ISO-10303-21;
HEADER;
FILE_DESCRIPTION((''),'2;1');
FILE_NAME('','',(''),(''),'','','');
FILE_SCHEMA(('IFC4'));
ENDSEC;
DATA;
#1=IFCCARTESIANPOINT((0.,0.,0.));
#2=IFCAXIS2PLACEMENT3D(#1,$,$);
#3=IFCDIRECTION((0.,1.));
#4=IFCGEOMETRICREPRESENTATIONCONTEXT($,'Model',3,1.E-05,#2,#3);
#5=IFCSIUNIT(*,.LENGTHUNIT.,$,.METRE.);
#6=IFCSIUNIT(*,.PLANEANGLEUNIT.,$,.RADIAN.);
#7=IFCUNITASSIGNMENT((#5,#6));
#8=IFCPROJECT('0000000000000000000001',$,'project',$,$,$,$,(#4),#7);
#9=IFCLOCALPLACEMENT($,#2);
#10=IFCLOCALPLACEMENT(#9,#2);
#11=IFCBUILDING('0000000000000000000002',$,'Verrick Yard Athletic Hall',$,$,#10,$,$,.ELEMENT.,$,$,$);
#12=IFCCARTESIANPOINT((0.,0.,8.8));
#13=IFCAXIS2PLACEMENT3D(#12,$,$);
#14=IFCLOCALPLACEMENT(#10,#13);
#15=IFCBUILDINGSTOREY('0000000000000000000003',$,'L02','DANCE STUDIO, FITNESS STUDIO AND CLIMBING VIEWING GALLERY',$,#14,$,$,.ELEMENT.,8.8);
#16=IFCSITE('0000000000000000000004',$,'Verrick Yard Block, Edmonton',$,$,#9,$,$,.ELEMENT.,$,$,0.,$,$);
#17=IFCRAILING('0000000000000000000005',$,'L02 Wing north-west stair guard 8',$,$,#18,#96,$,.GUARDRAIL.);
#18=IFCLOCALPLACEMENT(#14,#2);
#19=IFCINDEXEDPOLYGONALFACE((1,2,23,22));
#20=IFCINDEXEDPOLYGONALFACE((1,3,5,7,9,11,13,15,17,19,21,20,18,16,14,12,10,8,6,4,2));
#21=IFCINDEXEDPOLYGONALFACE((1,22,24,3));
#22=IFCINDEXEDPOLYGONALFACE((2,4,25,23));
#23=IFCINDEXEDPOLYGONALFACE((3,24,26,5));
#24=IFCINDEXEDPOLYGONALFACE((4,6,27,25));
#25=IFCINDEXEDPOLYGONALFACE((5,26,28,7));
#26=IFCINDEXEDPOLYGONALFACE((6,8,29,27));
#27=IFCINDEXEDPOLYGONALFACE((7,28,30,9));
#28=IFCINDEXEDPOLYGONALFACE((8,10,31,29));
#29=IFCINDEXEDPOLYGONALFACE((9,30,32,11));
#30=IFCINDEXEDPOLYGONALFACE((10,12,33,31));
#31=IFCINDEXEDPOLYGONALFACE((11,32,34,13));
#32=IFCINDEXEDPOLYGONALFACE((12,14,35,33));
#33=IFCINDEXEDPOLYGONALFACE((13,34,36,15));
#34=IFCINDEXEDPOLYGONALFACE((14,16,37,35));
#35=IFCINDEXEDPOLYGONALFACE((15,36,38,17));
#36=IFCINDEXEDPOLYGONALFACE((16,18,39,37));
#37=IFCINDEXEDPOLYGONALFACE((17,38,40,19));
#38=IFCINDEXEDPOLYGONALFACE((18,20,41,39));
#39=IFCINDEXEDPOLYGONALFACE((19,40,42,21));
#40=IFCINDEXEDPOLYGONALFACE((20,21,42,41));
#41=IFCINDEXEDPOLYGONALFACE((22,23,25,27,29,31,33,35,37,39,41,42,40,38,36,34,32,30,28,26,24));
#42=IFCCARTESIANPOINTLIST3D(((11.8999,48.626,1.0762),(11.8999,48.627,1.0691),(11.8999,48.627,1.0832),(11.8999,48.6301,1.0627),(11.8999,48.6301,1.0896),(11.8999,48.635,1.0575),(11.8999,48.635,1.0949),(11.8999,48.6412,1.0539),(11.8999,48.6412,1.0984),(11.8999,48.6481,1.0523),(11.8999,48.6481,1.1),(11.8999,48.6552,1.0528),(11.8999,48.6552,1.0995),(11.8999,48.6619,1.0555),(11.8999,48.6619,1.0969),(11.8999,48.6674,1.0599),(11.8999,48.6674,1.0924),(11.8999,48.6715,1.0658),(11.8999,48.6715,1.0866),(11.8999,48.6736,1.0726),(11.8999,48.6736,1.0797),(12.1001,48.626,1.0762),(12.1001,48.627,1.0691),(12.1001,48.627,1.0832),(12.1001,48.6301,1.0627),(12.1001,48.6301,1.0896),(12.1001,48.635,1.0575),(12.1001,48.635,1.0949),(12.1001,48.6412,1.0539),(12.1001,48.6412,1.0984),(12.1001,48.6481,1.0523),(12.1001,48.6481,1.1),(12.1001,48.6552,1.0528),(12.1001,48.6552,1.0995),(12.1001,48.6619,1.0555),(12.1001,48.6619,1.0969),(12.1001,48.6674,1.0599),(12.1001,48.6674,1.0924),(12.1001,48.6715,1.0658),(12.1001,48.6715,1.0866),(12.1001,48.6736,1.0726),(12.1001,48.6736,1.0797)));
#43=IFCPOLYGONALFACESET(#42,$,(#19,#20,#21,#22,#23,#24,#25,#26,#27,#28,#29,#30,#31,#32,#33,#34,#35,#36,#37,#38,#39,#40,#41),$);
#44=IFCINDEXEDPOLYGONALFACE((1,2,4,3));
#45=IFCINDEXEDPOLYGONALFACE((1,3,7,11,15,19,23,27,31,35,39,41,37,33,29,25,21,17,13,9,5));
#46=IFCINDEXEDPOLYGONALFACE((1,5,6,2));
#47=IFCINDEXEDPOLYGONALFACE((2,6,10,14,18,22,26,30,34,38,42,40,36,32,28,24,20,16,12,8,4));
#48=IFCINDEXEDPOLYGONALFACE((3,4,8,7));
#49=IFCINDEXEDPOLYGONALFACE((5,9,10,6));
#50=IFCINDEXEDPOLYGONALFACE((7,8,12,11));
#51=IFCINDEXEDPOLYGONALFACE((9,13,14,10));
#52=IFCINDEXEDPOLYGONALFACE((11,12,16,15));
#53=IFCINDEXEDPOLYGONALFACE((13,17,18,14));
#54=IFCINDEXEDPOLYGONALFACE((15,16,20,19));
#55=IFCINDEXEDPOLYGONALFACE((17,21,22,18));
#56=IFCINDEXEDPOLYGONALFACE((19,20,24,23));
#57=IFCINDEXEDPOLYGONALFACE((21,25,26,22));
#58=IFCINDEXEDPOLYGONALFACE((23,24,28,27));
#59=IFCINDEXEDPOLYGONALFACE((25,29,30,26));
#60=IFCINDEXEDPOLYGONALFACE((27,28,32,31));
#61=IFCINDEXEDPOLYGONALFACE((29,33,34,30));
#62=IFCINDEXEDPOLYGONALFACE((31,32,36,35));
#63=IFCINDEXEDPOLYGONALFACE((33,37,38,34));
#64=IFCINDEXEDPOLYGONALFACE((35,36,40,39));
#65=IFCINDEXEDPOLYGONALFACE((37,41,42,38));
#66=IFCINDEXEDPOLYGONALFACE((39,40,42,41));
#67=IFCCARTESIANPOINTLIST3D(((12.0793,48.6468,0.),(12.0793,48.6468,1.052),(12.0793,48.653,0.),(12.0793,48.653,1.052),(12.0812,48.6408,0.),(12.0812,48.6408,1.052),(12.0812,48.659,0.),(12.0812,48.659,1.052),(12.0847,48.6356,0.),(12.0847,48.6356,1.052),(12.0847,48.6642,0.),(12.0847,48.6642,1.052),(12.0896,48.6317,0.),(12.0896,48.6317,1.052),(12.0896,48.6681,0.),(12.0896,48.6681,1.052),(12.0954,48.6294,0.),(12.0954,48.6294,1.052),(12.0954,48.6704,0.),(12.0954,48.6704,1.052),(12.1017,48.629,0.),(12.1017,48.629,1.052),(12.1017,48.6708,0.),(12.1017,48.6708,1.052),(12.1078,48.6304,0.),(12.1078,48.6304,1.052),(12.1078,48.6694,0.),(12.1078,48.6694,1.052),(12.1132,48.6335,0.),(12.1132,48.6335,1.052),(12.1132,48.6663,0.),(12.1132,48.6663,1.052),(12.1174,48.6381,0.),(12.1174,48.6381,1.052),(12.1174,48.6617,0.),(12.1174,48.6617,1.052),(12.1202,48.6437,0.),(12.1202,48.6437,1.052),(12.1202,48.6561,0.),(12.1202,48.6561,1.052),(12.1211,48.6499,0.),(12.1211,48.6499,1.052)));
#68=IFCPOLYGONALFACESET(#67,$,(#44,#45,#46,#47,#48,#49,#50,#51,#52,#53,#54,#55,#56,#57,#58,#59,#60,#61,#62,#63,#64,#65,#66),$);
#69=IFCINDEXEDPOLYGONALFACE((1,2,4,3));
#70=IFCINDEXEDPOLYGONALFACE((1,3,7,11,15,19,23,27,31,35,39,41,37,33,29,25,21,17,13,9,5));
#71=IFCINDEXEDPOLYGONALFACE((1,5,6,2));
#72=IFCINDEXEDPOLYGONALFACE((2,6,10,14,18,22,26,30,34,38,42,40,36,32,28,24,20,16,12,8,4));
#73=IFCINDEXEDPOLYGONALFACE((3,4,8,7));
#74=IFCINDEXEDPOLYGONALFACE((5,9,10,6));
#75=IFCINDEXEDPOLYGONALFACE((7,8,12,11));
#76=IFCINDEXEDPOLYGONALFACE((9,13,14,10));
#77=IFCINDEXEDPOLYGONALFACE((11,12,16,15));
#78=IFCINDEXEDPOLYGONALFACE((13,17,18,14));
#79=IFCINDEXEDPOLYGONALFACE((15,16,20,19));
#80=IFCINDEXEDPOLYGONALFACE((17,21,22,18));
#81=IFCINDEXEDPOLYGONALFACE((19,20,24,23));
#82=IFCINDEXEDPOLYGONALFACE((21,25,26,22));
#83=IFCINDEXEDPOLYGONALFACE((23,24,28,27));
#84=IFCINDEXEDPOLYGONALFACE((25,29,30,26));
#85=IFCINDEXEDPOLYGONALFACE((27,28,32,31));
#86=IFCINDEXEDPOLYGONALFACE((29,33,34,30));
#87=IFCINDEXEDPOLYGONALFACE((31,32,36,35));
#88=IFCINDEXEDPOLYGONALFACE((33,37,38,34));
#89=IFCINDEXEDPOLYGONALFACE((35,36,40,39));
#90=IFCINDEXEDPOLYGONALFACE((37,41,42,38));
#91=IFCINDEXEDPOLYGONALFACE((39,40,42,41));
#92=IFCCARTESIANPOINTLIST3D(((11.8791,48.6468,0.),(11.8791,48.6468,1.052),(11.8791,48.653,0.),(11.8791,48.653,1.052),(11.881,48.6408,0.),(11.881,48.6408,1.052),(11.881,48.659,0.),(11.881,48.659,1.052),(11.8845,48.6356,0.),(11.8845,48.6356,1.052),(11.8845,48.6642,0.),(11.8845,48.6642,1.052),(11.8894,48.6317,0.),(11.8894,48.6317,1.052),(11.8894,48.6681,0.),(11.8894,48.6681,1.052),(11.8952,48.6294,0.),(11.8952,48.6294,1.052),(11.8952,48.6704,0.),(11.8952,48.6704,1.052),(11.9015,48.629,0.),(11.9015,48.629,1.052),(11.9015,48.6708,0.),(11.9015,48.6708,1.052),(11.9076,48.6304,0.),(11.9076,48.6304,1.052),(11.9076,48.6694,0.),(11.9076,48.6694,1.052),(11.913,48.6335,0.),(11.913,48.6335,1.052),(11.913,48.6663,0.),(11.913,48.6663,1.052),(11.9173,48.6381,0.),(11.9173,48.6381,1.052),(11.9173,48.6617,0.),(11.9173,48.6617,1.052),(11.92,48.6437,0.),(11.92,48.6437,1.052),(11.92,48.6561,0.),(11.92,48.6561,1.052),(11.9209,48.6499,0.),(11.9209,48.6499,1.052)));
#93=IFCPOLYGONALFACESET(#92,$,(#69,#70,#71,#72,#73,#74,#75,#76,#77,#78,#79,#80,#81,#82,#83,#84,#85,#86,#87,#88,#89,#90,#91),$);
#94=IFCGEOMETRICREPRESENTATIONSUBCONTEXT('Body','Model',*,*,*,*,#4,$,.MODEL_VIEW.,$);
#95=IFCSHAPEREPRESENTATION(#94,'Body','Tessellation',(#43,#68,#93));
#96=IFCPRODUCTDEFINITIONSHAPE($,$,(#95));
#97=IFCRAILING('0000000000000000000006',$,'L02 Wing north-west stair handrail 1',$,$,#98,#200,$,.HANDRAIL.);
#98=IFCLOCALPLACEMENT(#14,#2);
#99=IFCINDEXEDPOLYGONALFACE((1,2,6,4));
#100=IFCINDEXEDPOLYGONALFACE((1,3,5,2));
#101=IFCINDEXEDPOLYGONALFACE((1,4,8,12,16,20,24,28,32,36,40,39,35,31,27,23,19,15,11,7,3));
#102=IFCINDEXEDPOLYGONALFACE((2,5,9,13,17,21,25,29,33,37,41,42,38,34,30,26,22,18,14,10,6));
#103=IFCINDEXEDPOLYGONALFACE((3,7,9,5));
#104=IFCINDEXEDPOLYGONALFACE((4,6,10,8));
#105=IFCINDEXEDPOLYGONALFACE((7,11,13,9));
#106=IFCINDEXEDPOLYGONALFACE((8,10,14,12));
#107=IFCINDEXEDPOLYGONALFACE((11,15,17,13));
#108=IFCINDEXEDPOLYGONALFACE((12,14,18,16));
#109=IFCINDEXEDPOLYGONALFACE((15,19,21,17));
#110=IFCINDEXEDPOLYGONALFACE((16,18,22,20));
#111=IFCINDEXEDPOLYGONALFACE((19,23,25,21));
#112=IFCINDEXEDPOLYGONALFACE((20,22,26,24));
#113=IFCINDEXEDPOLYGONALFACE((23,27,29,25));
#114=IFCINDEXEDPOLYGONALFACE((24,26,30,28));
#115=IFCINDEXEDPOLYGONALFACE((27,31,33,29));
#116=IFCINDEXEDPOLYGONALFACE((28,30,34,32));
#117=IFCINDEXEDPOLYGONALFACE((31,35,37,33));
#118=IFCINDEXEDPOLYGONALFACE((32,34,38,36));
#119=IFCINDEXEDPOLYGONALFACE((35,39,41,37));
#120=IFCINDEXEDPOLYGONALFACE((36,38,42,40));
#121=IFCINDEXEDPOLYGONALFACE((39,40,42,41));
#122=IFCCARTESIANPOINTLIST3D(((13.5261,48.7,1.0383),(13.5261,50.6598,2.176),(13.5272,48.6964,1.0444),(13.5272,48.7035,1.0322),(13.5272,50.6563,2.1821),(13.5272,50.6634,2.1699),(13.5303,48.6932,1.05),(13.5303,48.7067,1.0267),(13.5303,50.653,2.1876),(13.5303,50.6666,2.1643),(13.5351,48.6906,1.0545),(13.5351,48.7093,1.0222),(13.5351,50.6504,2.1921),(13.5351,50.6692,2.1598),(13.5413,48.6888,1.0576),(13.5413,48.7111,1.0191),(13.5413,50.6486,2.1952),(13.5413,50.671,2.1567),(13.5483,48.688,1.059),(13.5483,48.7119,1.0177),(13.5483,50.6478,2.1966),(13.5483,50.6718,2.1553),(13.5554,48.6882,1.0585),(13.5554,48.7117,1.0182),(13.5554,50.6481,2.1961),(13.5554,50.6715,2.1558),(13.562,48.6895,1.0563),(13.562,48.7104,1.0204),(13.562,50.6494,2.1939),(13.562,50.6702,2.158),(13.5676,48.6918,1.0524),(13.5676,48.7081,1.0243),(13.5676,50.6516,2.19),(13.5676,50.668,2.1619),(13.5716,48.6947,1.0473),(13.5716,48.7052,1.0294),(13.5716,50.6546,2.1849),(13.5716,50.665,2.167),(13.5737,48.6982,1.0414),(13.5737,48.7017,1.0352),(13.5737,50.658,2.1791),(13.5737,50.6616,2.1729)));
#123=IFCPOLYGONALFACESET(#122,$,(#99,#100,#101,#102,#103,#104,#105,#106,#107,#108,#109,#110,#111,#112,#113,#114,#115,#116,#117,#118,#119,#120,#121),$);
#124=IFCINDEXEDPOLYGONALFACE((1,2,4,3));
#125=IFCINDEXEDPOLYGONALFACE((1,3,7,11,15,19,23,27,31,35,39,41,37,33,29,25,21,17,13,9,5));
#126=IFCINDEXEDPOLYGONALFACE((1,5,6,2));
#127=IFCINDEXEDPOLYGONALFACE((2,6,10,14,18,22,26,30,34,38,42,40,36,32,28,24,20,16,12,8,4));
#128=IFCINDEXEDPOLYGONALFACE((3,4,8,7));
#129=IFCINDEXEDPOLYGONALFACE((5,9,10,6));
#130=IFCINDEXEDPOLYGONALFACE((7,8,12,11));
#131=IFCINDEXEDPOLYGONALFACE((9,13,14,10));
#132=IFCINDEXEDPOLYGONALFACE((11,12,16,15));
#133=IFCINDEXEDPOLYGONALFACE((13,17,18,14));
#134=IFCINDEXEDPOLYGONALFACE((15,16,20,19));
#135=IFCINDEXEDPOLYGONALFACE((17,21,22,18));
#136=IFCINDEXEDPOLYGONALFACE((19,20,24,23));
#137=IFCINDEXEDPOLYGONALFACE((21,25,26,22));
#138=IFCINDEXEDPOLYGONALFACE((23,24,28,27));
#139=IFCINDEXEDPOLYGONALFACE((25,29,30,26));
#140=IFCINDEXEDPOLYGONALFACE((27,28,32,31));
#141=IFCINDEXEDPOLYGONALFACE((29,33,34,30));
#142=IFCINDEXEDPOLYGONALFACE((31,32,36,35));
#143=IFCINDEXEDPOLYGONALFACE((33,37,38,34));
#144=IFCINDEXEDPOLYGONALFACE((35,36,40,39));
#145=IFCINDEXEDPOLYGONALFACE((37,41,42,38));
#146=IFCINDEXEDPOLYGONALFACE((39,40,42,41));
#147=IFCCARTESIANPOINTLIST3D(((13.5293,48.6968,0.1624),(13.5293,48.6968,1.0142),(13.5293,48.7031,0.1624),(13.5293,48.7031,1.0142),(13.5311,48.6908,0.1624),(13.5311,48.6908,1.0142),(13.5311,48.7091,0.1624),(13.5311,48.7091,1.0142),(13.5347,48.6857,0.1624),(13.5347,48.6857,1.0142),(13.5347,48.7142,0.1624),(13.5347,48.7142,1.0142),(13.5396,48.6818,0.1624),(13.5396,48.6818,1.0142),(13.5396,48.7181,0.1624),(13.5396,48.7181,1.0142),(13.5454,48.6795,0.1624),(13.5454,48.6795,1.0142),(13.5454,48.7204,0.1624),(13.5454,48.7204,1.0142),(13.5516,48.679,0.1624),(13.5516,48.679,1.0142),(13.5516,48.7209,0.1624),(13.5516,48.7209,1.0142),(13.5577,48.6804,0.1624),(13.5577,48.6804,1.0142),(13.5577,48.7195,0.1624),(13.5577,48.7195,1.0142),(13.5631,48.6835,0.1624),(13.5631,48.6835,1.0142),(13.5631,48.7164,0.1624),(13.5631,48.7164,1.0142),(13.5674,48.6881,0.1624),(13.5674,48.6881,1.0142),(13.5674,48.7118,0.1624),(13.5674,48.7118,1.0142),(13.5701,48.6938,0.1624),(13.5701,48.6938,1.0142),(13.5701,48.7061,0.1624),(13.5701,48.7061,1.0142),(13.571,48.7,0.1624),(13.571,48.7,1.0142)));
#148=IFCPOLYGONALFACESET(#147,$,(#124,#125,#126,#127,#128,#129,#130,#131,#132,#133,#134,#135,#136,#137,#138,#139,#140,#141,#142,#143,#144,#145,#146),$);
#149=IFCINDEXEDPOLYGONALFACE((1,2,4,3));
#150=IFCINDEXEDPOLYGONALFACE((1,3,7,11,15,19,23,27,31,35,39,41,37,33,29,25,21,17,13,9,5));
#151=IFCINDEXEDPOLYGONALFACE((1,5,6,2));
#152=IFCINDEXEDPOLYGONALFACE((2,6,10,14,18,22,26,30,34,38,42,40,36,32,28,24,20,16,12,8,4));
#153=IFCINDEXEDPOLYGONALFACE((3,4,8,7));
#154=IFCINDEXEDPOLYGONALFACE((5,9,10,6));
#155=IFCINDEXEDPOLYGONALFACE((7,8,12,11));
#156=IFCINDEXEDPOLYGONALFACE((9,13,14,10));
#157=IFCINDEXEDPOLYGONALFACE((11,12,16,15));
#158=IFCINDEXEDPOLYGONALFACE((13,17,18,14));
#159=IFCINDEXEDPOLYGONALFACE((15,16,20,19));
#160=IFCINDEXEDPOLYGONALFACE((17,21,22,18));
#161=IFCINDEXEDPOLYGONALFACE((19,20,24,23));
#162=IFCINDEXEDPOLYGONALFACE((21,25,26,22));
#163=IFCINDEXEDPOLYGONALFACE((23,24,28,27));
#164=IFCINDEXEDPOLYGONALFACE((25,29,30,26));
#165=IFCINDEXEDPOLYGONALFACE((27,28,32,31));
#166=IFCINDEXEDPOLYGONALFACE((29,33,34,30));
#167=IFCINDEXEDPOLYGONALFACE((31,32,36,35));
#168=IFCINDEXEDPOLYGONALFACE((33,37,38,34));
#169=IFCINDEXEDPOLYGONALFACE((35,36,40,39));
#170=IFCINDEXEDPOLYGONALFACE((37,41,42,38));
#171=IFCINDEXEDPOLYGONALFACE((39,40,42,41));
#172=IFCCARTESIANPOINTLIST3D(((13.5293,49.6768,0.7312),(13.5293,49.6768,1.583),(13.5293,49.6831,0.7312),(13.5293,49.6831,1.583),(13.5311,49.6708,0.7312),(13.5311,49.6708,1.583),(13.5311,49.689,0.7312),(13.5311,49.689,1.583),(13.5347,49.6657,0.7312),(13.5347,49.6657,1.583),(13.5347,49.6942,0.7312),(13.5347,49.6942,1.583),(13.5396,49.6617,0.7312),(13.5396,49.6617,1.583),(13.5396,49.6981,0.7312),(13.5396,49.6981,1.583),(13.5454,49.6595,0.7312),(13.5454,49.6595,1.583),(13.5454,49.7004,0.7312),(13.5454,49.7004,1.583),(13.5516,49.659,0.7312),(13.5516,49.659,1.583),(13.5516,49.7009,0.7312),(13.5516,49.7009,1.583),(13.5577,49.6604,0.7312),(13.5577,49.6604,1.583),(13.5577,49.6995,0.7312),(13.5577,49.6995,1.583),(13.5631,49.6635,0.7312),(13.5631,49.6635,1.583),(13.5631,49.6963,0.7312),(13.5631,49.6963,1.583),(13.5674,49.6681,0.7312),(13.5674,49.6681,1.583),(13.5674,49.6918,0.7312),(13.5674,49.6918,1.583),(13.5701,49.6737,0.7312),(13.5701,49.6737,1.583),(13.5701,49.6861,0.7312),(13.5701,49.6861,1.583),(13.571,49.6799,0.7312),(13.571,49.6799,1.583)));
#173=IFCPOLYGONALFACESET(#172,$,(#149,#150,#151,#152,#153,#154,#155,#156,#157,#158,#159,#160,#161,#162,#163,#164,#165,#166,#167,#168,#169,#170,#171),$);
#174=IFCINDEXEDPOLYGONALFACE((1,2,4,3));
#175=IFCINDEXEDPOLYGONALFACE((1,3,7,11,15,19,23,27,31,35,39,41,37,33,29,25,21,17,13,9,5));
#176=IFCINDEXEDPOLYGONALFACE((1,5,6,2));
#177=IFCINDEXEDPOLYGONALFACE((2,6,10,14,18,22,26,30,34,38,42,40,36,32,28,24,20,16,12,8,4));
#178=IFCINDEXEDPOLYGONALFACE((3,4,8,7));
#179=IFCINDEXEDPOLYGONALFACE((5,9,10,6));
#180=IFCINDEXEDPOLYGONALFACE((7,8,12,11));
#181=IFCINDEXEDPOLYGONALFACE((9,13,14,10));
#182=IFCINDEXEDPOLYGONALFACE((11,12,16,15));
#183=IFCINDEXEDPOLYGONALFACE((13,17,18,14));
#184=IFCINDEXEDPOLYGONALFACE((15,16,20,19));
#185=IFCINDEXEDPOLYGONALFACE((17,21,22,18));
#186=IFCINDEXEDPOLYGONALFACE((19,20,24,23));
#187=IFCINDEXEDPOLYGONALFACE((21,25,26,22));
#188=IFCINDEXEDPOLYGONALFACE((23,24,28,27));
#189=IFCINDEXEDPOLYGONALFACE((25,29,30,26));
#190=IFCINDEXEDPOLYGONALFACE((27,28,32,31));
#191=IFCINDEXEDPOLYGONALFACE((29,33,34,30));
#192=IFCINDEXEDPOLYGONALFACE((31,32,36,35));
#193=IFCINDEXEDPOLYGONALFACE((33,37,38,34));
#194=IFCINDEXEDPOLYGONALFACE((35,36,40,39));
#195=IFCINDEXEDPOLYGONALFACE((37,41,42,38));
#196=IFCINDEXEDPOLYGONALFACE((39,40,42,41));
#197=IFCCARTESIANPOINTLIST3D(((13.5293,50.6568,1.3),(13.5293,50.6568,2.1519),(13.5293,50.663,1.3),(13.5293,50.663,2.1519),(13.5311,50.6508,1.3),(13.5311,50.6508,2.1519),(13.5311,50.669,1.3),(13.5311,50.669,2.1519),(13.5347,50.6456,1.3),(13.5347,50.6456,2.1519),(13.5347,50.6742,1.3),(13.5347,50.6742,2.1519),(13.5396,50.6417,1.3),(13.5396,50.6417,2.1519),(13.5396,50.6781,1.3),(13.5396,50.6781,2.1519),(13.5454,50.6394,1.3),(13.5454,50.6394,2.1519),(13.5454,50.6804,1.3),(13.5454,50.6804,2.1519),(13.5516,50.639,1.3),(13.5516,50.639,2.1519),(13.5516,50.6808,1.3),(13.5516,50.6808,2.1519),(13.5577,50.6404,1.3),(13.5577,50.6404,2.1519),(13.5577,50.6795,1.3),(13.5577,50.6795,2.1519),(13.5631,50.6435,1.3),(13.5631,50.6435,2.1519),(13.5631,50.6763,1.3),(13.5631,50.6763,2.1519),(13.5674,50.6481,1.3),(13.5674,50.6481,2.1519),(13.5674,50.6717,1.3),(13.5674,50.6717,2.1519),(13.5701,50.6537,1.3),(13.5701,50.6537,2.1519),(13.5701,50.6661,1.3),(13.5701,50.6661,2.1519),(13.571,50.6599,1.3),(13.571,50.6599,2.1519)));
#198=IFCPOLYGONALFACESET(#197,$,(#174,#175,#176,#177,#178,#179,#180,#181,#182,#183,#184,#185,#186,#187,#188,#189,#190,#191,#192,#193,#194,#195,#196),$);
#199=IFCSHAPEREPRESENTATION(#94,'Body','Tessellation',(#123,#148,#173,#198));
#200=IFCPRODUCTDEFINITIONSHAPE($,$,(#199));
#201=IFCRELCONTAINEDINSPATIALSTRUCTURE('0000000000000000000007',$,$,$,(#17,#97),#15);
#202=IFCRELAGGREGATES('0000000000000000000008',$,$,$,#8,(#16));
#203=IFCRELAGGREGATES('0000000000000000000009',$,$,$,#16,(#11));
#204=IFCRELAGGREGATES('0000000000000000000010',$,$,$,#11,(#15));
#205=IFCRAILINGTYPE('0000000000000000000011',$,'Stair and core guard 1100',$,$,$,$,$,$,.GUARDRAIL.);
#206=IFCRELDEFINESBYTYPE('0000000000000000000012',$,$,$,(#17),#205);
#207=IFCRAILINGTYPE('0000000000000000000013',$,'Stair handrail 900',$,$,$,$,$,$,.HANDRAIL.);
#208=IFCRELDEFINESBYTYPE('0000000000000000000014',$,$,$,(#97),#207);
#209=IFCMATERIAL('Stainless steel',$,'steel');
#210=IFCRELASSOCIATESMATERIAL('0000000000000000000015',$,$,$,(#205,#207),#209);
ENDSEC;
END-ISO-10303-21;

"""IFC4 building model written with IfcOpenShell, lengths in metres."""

from ifc_helpers import new_model, si_unit, direction, frame, origin, origin_2d, place, context, subcontext, project, spatial, circle, extrude, material, type_object, element, save


model = new_model("IFC4")

# Units and contexts
model_context = context("Model", 3, precision=1e-05, world=origin(), true_north=direction((0.0, 1.0)))
body_context = subcontext(model_context, "Body", "Model", "MODEL_VIEW")
ifc_project = project(units=[si_unit("LENGTHUNIT", "METRE"), si_unit("PLANEANGLEUNIT", "RADIAN")], contexts=[model_context])

# Site, building, storey
site_placement = place(None, origin())
site = spatial("IfcSite", under=ifc_project, at=site_placement, Name="Verrick Yard Block, Edmonton", CompositionType="ELEMENT", RefElevation=0.0)
building_placement = place(site_placement, origin())
building = spatial("IfcBuilding", under=site, at=building_placement, Name="Verrick Yard Athletic Hall", CompositionType="ELEMENT")
storey_placement = place(building_placement, frame((0.0, 0.0, 8.8)))
storey = spatial("IfcBuildingStorey", under=building, at=storey_placement, Name="L02", Description="DANCE STUDIO, FITNESS STUDIO AND CLIMBING VIEWING GALLERY", CompositionType="ELEMENT", Elevation=8.8)

# Railings
ifc_material_1 = material(Name="Stainless steel", Category="steel")
railing_type_1 = type_object("IfcRailingType", Name="Stair and core guard 1100", PredefinedType="GUARDRAIL", material=ifc_material_1)
railing_1_placement = place(storey_placement, frame((12.1001, 48.6499, 0.0)))
element("IfcRailing", 1, at=railing_1_placement, inside=storey, type_object=railing_type_1, Name="L02 Wing north-west stair guard 8", PredefinedType="GUARDRAIL", context=body_context, shape_type="SweptSolid", body=[
    extrude(circle(Radius=0.0239, at=origin_2d()), frame((0.0, 0.0, 1.0762), z_axis=(-1.0, 0.0, 0.0), x_axis=(0.0, -1.0, 0.0)), (0.0, 0.0, 1.0), 0.2002),
    extrude(circle(Radius=0.021, at=origin_2d()), origin(), (0.0, 0.0, 1.0), 1.052),
    extrude(circle(Radius=0.021, at=origin_2d()), frame((-0.2002, 0.0, 0.0)), (0.0, 0.0, 1.0), 1.052),
])
railing_type_2 = type_object("IfcRailingType", Name="Stair handrail 900", PredefinedType="HANDRAIL", material=ifc_material_1)
railing_2_placement = place(storey_placement, frame((13.55, 48.7, 0.1624)))
element("IfcRailing", 2, at=railing_2_placement, inside=storey, type_object=railing_type_2, Name="L02 Wing north-west stair handrail 1", PredefinedType="HANDRAIL", context=body_context, shape_type="SweptSolid", body=[
    extrude(circle(Radius=0.0239, at=origin_2d()), frame((0.0, 0.0, 0.876), z_axis=(0.0, 0.864855, 0.502021), x_axis=(-1.0, 0.0, 0.0)), (0.0, 0.0, 1.0), 2.2661),
    extrude(circle(Radius=0.021, at=origin_2d()), origin(), (0.0, 0.0, 1.0), 0.8518),
    extrude(circle(Radius=0.021, at=origin_2d()), frame((0.0, 0.98, 0.5688)), (0.0, 0.0, 1.0), 0.8518),
    extrude(circle(Radius=0.021, at=origin_2d()), frame((0.0, 1.96, 1.1377)), (0.0, 0.0, 1.0), 0.8518),
])

save(model, "model.ifc")
